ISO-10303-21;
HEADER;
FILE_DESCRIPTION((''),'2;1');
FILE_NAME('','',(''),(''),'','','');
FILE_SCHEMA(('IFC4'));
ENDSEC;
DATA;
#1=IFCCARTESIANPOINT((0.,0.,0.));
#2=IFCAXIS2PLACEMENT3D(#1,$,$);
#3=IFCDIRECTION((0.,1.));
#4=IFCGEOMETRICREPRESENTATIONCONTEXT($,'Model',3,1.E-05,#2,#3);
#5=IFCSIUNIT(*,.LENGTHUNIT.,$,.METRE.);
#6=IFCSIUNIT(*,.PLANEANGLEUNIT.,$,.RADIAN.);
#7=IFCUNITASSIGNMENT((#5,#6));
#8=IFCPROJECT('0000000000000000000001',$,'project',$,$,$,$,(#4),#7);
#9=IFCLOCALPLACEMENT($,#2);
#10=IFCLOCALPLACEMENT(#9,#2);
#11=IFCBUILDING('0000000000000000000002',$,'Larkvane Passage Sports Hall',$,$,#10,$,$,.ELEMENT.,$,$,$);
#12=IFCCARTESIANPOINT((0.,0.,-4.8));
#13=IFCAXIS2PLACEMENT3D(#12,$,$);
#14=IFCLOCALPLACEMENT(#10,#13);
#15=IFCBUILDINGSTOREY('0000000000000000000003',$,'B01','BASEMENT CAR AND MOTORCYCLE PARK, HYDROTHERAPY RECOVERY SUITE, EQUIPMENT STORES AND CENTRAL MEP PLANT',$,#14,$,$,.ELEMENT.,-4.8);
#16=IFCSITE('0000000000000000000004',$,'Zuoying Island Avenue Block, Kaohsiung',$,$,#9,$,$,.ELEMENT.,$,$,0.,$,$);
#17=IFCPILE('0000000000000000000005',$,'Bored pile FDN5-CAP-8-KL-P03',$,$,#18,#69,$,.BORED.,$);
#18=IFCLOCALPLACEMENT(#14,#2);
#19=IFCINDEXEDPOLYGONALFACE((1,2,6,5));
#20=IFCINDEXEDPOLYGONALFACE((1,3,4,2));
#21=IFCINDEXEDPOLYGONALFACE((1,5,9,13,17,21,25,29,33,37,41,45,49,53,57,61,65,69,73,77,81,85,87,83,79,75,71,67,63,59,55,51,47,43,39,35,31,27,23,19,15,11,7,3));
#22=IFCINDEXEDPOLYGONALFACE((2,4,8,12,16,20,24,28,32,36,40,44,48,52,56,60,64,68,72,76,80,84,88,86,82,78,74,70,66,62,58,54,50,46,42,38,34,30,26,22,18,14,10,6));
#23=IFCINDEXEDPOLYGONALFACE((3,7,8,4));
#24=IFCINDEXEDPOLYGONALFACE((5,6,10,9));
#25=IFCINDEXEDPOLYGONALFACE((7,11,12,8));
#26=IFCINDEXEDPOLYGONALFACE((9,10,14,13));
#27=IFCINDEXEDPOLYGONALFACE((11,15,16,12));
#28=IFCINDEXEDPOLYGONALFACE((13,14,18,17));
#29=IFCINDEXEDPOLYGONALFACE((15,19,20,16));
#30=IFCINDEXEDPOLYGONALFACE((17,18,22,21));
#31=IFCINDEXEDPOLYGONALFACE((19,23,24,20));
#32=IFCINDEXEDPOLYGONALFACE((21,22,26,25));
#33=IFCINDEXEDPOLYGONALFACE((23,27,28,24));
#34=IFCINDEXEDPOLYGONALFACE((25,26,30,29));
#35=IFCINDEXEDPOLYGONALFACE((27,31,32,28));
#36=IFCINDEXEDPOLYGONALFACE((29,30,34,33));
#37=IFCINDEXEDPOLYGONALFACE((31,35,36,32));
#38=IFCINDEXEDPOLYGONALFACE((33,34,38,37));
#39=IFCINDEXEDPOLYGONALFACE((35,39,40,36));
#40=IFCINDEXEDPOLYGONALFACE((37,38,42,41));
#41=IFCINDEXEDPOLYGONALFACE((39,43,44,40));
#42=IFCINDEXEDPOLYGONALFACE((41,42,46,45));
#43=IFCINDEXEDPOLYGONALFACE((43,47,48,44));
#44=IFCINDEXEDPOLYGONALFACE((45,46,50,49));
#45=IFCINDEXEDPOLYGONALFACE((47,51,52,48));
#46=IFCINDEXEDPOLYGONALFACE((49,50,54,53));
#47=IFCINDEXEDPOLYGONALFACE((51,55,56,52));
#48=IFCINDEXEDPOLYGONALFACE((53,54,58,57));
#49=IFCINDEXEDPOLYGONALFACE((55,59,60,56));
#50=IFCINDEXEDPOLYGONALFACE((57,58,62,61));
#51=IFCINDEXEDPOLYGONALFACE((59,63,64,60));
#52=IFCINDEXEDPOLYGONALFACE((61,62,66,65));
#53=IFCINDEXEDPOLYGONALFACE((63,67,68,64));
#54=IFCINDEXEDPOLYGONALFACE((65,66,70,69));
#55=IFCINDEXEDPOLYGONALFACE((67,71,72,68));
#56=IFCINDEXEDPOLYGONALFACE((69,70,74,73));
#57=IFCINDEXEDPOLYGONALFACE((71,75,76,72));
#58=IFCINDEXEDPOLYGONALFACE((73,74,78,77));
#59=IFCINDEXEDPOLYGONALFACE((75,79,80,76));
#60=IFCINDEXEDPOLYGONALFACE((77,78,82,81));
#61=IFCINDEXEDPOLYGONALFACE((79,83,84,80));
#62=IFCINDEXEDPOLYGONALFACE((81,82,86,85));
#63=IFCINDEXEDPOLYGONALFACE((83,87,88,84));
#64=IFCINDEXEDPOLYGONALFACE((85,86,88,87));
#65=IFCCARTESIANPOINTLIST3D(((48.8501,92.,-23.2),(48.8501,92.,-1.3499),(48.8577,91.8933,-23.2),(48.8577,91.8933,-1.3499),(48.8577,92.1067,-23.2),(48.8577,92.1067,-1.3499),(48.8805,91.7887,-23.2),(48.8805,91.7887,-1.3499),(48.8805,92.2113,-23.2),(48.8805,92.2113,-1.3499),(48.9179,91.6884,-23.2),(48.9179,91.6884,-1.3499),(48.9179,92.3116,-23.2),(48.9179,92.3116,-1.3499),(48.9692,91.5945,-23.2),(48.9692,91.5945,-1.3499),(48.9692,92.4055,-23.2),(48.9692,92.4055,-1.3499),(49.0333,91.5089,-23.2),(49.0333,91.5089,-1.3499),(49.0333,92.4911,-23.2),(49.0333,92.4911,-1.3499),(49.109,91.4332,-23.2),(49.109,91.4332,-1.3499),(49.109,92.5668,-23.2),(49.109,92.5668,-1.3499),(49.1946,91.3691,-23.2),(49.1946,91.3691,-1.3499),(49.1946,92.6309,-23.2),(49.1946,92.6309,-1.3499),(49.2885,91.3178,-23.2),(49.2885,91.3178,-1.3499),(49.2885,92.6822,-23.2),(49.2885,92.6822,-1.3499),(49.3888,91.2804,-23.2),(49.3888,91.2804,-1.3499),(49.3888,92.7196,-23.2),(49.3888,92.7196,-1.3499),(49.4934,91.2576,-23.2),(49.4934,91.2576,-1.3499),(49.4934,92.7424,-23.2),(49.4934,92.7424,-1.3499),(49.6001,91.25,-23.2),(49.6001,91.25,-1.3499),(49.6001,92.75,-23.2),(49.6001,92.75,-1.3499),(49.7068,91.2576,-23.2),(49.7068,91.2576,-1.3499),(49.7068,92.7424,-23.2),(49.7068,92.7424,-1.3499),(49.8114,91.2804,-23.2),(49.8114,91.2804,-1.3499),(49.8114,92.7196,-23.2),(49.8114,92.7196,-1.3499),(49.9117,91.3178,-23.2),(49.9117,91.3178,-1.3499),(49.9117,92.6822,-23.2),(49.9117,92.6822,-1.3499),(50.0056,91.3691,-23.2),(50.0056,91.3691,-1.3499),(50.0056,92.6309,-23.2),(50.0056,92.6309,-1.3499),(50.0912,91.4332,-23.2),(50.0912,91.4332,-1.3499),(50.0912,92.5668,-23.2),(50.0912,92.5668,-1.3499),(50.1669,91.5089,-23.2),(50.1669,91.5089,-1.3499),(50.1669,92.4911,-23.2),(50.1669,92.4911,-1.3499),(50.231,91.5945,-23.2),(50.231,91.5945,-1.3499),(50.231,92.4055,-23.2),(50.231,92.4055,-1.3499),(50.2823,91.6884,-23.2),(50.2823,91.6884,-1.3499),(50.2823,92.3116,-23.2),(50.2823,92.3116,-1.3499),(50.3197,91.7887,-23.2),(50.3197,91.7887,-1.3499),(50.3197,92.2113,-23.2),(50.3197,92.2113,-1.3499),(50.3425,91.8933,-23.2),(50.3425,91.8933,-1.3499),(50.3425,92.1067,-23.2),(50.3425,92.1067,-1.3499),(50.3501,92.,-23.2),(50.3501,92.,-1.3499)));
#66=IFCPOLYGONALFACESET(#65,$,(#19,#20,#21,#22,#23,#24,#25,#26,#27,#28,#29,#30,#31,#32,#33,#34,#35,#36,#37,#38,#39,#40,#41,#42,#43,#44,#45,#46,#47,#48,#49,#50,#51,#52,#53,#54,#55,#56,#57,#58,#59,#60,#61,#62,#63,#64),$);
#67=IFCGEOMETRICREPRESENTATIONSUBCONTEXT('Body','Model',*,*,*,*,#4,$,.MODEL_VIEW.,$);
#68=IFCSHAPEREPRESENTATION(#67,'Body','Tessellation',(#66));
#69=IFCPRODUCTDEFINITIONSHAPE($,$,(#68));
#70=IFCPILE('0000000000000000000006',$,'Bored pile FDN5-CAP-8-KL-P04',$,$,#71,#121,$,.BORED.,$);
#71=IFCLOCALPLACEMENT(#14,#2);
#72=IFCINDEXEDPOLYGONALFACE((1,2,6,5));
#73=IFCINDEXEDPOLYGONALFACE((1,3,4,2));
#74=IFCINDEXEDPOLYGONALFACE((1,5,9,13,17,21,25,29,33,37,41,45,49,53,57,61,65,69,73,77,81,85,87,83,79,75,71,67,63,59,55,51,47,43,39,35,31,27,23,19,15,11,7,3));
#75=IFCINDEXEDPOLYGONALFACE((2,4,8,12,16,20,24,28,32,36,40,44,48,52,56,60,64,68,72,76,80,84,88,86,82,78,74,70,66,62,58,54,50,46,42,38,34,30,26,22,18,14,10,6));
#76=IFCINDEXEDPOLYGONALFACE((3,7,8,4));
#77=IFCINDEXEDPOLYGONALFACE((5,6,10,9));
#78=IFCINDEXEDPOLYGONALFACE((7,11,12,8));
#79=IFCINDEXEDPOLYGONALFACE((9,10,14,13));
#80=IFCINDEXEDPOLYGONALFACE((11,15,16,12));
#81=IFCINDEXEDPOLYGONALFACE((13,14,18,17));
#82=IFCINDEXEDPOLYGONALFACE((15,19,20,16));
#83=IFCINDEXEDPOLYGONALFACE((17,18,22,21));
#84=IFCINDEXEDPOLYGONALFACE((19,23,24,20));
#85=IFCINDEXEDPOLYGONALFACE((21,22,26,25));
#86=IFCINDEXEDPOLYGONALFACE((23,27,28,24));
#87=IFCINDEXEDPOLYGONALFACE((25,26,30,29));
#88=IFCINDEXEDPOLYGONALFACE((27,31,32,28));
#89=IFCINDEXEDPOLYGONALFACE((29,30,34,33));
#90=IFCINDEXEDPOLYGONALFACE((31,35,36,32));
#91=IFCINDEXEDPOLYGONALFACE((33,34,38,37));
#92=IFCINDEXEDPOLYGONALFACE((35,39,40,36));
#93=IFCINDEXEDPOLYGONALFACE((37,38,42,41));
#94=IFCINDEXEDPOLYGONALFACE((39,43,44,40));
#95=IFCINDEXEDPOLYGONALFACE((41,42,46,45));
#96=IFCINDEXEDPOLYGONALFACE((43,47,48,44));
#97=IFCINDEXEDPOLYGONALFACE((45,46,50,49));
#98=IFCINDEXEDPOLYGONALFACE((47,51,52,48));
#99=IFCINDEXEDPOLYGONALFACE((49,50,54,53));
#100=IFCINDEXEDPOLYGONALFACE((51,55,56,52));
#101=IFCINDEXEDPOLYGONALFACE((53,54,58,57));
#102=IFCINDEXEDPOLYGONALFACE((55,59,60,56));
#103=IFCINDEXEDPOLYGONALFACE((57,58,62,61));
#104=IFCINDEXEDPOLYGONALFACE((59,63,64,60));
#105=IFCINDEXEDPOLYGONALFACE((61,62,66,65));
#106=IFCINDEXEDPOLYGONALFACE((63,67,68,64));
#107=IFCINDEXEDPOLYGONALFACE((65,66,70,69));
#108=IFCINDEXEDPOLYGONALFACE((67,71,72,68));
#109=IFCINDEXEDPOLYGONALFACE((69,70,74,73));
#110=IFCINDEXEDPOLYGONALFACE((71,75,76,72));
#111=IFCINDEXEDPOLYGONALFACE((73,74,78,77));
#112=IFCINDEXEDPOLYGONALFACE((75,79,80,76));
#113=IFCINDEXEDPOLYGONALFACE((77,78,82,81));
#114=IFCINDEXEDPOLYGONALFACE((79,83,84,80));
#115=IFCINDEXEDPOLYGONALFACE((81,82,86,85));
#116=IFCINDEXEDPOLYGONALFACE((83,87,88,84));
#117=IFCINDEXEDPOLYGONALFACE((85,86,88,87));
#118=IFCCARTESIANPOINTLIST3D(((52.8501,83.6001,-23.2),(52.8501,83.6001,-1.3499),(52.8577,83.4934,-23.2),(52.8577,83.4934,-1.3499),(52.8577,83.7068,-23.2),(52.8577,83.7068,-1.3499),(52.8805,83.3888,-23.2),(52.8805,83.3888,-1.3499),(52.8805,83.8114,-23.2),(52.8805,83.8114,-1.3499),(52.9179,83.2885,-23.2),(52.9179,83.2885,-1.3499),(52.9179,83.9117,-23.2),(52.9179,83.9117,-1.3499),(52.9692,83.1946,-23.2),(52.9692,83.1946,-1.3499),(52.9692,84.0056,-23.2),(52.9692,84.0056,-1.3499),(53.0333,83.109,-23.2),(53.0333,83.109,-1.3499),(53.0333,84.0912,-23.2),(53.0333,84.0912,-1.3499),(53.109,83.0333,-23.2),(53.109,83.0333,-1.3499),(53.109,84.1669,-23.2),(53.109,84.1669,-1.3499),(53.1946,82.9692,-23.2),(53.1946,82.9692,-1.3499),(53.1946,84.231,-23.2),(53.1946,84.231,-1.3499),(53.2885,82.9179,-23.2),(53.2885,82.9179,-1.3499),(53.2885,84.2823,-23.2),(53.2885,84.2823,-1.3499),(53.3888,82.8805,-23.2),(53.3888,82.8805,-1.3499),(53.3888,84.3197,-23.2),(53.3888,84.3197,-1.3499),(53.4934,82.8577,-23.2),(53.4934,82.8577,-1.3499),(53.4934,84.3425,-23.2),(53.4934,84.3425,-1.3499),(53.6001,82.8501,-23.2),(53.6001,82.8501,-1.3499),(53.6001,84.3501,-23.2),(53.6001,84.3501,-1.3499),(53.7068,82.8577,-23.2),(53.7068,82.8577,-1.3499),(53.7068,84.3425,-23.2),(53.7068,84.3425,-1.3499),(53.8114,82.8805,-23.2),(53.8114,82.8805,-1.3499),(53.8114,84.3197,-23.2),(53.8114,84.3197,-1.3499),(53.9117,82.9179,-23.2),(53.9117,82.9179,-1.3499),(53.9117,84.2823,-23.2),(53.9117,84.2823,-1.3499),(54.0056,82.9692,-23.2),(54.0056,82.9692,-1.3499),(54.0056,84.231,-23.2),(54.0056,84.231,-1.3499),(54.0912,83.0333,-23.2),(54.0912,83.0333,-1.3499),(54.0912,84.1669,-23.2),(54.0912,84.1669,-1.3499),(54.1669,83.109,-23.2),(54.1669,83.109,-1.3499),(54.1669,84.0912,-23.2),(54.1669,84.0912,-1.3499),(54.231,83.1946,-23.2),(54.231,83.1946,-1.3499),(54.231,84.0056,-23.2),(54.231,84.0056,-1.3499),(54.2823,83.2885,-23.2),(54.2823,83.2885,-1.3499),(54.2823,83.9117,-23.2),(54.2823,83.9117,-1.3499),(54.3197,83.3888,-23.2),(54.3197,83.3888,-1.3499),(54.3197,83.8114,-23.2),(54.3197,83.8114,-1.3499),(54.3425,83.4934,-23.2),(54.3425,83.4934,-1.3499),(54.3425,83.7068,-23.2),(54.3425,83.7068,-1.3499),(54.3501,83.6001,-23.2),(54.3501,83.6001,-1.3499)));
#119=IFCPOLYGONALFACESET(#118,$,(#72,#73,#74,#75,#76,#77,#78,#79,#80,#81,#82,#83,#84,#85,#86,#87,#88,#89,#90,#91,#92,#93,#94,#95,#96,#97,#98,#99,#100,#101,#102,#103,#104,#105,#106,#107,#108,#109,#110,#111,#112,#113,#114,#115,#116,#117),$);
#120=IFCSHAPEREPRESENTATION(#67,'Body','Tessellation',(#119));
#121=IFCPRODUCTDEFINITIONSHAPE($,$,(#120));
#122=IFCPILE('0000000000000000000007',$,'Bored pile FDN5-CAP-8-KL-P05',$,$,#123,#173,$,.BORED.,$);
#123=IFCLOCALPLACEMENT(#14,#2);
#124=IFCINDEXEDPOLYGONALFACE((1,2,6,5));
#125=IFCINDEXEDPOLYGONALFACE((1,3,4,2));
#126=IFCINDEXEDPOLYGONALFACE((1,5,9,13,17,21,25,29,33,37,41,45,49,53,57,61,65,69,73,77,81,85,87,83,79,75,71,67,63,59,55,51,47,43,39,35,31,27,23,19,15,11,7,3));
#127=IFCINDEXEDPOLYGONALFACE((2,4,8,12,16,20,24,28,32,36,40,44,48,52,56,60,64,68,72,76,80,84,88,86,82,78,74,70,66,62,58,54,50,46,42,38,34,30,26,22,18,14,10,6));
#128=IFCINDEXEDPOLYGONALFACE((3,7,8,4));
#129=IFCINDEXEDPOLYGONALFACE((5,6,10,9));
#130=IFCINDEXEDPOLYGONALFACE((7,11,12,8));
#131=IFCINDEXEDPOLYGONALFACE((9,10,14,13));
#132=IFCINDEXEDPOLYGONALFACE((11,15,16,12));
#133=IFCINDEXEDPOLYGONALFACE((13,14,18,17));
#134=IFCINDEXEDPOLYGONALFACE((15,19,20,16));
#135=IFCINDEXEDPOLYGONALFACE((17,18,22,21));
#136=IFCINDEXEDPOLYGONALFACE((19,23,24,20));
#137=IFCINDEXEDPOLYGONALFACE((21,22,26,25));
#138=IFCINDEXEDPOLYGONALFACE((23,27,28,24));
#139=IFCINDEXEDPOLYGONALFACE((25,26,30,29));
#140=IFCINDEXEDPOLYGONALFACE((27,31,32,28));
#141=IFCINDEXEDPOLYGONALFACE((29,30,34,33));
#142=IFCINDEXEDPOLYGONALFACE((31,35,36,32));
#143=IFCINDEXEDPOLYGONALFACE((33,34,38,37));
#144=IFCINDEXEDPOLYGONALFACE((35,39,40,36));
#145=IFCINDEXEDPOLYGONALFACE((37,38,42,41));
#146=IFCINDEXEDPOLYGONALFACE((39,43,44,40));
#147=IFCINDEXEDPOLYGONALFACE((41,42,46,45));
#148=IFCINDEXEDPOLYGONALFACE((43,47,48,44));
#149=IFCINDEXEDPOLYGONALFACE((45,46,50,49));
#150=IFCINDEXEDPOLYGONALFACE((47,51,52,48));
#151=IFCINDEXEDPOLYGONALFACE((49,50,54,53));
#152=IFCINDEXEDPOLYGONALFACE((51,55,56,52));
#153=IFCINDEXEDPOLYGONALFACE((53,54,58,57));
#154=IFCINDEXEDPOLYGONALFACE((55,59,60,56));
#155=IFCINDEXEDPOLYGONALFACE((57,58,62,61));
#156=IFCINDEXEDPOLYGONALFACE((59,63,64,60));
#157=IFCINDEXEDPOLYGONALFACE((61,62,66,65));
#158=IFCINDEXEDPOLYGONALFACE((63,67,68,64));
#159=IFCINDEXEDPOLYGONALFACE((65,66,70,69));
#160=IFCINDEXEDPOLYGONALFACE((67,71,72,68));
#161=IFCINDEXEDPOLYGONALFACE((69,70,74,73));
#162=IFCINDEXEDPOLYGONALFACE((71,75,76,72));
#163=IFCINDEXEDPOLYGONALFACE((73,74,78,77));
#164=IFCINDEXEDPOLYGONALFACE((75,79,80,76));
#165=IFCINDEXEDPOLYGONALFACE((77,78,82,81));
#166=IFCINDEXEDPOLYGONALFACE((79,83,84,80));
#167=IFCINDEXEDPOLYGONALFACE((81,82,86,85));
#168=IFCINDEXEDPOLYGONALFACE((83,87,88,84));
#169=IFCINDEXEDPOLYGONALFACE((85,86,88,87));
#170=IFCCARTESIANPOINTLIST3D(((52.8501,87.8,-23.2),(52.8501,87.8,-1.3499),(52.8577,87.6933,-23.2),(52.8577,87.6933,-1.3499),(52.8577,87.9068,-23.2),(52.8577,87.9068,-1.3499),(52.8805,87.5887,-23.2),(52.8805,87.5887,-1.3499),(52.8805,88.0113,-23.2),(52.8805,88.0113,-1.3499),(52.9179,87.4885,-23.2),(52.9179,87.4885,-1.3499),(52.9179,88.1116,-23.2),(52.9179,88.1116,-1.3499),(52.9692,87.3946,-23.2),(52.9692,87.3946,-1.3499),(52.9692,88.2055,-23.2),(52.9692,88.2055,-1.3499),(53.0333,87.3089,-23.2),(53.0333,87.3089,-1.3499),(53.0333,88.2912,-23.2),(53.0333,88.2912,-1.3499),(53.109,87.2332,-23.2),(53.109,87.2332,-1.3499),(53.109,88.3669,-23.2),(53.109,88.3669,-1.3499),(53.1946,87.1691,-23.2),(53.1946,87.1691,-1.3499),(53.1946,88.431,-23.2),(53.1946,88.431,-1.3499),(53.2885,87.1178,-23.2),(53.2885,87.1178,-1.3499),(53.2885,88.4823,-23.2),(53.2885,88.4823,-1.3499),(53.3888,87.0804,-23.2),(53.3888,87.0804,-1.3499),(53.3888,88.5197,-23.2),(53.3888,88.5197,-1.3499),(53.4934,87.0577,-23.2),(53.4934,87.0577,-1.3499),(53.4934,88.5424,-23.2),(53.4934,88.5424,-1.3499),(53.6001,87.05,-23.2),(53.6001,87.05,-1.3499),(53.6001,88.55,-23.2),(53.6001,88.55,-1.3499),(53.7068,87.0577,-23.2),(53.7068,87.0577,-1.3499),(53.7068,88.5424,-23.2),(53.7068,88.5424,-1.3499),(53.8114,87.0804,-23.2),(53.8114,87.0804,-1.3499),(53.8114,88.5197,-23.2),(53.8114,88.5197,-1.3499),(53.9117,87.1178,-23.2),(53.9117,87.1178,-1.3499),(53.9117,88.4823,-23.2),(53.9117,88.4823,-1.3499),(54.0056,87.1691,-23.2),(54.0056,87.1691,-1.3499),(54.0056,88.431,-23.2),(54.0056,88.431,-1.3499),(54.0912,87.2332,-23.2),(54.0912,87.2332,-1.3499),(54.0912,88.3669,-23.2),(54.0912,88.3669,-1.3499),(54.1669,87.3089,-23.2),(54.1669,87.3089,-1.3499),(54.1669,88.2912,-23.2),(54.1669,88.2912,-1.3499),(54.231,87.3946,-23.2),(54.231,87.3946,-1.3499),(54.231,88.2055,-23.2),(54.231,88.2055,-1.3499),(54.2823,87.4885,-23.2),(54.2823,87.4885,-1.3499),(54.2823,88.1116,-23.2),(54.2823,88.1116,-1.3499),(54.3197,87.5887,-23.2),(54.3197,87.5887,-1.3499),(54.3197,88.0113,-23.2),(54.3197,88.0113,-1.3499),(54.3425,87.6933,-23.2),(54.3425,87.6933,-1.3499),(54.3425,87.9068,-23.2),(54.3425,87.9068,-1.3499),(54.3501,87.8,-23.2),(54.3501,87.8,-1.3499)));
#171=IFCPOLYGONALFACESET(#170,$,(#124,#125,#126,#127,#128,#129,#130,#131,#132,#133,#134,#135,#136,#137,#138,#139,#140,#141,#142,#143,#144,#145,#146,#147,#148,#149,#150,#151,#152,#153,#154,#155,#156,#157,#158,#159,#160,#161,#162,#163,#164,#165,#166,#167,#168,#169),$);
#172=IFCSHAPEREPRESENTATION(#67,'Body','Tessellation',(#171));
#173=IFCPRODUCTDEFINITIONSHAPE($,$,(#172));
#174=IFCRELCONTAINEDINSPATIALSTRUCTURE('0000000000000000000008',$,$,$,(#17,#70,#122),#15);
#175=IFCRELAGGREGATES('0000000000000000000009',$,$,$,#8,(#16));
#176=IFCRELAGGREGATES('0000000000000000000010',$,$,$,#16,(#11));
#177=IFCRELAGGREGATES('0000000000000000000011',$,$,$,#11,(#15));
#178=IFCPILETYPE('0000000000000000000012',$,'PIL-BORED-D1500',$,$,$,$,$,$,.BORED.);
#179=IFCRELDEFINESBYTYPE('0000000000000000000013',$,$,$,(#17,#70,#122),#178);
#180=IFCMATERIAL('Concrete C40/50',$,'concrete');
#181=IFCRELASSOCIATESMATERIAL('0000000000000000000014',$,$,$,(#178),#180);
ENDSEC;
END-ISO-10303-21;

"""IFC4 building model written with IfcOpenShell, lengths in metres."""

from ifc_helpers import new_model, si_unit, direction, frame, origin, origin_2d, place, context, subcontext, project, spatial, circle, extrude, material, material_profile, profile_set, type_object, element, save


model = new_model("IFC4")

# Units and contexts
model_context = context("Model", 3, precision=1e-05, world=origin(), true_north=direction((0.0, 1.0)))
body_context = subcontext(model_context, "Body", "Model", "MODEL_VIEW")
ifc_project = project(units=[si_unit("LENGTHUNIT", "METRE"), si_unit("PLANEANGLEUNIT", "RADIAN")], contexts=[model_context])

# Site, building, storey
site_placement = place(None, origin())
site = spatial("IfcSite", under=ifc_project, at=site_placement, Name="Zuoying Island Avenue Block, Kaohsiung", CompositionType="ELEMENT", RefElevation=0.0)
building_placement = place(site_placement, origin())
building = spatial("IfcBuilding", under=site, at=building_placement, Name="Larkvane Passage Sports Hall", CompositionType="ELEMENT")
storey_placement = place(building_placement, frame((0.0, 0.0, -4.8)))
storey = spatial("IfcBuildingStorey", under=building, at=storey_placement, Name="B01", Description="BASEMENT CAR AND MOTORCYCLE PARK, HYDROTHERAPY RECOVERY SUITE, EQUIPMENT STORES AND CENTRAL MEP PLANT", CompositionType="ELEMENT", Elevation=-4.8)

# Shared definitions
ifc_material_1 = material(Name="Concrete C40/50", Category="concrete")

# Piles
ifc_material_profile_1 = material_profile(ifc_material_1, circle(Radius=0.75, at=origin_2d()), Name="PILE-D1500")
ifc_profile_set_1 = profile_set([ifc_material_profile_1], Name="Concrete C40/50")
pile_type_1 = type_object("IfcPileType", Name="PIL-BORED-D1500", PredefinedType="BORED", material=ifc_profile_set_1)
for number, where, z_axis, x_axis, name in (
    (1, (49.6001, 92.0, -1.3499), (0.0, 0.0, -1.0), (1.0, 0.0, 0.0), "Bored pile FDN5-CAP-8-KL-P03"),
    (2, (53.6001, 83.6001, -1.3499), (0.0, 0.0, -1.0), (1.0, 0.0, 0.0), "Bored pile FDN5-CAP-8-KL-P04"),
    (3, (53.6001, 87.8, -1.3499), (0.0, 0.0, -1.0), (1.0, 0.0, 0.0), "Bored pile FDN5-CAP-8-KL-P05"),
):
    element("IfcPile", number, at=place(storey_placement, frame(where, z_axis=z_axis, x_axis=x_axis)), inside=storey, type_object=pile_type_1, Name=name, PredefinedType="BORED", context=body_context, shape_type="SweptSolid", body=[
        extrude(circle(Radius=0.75, at=origin_2d()), origin(), (0.0, 0.0, 1.0), 21.8501),
    ])

save(model, "model.ifc")
